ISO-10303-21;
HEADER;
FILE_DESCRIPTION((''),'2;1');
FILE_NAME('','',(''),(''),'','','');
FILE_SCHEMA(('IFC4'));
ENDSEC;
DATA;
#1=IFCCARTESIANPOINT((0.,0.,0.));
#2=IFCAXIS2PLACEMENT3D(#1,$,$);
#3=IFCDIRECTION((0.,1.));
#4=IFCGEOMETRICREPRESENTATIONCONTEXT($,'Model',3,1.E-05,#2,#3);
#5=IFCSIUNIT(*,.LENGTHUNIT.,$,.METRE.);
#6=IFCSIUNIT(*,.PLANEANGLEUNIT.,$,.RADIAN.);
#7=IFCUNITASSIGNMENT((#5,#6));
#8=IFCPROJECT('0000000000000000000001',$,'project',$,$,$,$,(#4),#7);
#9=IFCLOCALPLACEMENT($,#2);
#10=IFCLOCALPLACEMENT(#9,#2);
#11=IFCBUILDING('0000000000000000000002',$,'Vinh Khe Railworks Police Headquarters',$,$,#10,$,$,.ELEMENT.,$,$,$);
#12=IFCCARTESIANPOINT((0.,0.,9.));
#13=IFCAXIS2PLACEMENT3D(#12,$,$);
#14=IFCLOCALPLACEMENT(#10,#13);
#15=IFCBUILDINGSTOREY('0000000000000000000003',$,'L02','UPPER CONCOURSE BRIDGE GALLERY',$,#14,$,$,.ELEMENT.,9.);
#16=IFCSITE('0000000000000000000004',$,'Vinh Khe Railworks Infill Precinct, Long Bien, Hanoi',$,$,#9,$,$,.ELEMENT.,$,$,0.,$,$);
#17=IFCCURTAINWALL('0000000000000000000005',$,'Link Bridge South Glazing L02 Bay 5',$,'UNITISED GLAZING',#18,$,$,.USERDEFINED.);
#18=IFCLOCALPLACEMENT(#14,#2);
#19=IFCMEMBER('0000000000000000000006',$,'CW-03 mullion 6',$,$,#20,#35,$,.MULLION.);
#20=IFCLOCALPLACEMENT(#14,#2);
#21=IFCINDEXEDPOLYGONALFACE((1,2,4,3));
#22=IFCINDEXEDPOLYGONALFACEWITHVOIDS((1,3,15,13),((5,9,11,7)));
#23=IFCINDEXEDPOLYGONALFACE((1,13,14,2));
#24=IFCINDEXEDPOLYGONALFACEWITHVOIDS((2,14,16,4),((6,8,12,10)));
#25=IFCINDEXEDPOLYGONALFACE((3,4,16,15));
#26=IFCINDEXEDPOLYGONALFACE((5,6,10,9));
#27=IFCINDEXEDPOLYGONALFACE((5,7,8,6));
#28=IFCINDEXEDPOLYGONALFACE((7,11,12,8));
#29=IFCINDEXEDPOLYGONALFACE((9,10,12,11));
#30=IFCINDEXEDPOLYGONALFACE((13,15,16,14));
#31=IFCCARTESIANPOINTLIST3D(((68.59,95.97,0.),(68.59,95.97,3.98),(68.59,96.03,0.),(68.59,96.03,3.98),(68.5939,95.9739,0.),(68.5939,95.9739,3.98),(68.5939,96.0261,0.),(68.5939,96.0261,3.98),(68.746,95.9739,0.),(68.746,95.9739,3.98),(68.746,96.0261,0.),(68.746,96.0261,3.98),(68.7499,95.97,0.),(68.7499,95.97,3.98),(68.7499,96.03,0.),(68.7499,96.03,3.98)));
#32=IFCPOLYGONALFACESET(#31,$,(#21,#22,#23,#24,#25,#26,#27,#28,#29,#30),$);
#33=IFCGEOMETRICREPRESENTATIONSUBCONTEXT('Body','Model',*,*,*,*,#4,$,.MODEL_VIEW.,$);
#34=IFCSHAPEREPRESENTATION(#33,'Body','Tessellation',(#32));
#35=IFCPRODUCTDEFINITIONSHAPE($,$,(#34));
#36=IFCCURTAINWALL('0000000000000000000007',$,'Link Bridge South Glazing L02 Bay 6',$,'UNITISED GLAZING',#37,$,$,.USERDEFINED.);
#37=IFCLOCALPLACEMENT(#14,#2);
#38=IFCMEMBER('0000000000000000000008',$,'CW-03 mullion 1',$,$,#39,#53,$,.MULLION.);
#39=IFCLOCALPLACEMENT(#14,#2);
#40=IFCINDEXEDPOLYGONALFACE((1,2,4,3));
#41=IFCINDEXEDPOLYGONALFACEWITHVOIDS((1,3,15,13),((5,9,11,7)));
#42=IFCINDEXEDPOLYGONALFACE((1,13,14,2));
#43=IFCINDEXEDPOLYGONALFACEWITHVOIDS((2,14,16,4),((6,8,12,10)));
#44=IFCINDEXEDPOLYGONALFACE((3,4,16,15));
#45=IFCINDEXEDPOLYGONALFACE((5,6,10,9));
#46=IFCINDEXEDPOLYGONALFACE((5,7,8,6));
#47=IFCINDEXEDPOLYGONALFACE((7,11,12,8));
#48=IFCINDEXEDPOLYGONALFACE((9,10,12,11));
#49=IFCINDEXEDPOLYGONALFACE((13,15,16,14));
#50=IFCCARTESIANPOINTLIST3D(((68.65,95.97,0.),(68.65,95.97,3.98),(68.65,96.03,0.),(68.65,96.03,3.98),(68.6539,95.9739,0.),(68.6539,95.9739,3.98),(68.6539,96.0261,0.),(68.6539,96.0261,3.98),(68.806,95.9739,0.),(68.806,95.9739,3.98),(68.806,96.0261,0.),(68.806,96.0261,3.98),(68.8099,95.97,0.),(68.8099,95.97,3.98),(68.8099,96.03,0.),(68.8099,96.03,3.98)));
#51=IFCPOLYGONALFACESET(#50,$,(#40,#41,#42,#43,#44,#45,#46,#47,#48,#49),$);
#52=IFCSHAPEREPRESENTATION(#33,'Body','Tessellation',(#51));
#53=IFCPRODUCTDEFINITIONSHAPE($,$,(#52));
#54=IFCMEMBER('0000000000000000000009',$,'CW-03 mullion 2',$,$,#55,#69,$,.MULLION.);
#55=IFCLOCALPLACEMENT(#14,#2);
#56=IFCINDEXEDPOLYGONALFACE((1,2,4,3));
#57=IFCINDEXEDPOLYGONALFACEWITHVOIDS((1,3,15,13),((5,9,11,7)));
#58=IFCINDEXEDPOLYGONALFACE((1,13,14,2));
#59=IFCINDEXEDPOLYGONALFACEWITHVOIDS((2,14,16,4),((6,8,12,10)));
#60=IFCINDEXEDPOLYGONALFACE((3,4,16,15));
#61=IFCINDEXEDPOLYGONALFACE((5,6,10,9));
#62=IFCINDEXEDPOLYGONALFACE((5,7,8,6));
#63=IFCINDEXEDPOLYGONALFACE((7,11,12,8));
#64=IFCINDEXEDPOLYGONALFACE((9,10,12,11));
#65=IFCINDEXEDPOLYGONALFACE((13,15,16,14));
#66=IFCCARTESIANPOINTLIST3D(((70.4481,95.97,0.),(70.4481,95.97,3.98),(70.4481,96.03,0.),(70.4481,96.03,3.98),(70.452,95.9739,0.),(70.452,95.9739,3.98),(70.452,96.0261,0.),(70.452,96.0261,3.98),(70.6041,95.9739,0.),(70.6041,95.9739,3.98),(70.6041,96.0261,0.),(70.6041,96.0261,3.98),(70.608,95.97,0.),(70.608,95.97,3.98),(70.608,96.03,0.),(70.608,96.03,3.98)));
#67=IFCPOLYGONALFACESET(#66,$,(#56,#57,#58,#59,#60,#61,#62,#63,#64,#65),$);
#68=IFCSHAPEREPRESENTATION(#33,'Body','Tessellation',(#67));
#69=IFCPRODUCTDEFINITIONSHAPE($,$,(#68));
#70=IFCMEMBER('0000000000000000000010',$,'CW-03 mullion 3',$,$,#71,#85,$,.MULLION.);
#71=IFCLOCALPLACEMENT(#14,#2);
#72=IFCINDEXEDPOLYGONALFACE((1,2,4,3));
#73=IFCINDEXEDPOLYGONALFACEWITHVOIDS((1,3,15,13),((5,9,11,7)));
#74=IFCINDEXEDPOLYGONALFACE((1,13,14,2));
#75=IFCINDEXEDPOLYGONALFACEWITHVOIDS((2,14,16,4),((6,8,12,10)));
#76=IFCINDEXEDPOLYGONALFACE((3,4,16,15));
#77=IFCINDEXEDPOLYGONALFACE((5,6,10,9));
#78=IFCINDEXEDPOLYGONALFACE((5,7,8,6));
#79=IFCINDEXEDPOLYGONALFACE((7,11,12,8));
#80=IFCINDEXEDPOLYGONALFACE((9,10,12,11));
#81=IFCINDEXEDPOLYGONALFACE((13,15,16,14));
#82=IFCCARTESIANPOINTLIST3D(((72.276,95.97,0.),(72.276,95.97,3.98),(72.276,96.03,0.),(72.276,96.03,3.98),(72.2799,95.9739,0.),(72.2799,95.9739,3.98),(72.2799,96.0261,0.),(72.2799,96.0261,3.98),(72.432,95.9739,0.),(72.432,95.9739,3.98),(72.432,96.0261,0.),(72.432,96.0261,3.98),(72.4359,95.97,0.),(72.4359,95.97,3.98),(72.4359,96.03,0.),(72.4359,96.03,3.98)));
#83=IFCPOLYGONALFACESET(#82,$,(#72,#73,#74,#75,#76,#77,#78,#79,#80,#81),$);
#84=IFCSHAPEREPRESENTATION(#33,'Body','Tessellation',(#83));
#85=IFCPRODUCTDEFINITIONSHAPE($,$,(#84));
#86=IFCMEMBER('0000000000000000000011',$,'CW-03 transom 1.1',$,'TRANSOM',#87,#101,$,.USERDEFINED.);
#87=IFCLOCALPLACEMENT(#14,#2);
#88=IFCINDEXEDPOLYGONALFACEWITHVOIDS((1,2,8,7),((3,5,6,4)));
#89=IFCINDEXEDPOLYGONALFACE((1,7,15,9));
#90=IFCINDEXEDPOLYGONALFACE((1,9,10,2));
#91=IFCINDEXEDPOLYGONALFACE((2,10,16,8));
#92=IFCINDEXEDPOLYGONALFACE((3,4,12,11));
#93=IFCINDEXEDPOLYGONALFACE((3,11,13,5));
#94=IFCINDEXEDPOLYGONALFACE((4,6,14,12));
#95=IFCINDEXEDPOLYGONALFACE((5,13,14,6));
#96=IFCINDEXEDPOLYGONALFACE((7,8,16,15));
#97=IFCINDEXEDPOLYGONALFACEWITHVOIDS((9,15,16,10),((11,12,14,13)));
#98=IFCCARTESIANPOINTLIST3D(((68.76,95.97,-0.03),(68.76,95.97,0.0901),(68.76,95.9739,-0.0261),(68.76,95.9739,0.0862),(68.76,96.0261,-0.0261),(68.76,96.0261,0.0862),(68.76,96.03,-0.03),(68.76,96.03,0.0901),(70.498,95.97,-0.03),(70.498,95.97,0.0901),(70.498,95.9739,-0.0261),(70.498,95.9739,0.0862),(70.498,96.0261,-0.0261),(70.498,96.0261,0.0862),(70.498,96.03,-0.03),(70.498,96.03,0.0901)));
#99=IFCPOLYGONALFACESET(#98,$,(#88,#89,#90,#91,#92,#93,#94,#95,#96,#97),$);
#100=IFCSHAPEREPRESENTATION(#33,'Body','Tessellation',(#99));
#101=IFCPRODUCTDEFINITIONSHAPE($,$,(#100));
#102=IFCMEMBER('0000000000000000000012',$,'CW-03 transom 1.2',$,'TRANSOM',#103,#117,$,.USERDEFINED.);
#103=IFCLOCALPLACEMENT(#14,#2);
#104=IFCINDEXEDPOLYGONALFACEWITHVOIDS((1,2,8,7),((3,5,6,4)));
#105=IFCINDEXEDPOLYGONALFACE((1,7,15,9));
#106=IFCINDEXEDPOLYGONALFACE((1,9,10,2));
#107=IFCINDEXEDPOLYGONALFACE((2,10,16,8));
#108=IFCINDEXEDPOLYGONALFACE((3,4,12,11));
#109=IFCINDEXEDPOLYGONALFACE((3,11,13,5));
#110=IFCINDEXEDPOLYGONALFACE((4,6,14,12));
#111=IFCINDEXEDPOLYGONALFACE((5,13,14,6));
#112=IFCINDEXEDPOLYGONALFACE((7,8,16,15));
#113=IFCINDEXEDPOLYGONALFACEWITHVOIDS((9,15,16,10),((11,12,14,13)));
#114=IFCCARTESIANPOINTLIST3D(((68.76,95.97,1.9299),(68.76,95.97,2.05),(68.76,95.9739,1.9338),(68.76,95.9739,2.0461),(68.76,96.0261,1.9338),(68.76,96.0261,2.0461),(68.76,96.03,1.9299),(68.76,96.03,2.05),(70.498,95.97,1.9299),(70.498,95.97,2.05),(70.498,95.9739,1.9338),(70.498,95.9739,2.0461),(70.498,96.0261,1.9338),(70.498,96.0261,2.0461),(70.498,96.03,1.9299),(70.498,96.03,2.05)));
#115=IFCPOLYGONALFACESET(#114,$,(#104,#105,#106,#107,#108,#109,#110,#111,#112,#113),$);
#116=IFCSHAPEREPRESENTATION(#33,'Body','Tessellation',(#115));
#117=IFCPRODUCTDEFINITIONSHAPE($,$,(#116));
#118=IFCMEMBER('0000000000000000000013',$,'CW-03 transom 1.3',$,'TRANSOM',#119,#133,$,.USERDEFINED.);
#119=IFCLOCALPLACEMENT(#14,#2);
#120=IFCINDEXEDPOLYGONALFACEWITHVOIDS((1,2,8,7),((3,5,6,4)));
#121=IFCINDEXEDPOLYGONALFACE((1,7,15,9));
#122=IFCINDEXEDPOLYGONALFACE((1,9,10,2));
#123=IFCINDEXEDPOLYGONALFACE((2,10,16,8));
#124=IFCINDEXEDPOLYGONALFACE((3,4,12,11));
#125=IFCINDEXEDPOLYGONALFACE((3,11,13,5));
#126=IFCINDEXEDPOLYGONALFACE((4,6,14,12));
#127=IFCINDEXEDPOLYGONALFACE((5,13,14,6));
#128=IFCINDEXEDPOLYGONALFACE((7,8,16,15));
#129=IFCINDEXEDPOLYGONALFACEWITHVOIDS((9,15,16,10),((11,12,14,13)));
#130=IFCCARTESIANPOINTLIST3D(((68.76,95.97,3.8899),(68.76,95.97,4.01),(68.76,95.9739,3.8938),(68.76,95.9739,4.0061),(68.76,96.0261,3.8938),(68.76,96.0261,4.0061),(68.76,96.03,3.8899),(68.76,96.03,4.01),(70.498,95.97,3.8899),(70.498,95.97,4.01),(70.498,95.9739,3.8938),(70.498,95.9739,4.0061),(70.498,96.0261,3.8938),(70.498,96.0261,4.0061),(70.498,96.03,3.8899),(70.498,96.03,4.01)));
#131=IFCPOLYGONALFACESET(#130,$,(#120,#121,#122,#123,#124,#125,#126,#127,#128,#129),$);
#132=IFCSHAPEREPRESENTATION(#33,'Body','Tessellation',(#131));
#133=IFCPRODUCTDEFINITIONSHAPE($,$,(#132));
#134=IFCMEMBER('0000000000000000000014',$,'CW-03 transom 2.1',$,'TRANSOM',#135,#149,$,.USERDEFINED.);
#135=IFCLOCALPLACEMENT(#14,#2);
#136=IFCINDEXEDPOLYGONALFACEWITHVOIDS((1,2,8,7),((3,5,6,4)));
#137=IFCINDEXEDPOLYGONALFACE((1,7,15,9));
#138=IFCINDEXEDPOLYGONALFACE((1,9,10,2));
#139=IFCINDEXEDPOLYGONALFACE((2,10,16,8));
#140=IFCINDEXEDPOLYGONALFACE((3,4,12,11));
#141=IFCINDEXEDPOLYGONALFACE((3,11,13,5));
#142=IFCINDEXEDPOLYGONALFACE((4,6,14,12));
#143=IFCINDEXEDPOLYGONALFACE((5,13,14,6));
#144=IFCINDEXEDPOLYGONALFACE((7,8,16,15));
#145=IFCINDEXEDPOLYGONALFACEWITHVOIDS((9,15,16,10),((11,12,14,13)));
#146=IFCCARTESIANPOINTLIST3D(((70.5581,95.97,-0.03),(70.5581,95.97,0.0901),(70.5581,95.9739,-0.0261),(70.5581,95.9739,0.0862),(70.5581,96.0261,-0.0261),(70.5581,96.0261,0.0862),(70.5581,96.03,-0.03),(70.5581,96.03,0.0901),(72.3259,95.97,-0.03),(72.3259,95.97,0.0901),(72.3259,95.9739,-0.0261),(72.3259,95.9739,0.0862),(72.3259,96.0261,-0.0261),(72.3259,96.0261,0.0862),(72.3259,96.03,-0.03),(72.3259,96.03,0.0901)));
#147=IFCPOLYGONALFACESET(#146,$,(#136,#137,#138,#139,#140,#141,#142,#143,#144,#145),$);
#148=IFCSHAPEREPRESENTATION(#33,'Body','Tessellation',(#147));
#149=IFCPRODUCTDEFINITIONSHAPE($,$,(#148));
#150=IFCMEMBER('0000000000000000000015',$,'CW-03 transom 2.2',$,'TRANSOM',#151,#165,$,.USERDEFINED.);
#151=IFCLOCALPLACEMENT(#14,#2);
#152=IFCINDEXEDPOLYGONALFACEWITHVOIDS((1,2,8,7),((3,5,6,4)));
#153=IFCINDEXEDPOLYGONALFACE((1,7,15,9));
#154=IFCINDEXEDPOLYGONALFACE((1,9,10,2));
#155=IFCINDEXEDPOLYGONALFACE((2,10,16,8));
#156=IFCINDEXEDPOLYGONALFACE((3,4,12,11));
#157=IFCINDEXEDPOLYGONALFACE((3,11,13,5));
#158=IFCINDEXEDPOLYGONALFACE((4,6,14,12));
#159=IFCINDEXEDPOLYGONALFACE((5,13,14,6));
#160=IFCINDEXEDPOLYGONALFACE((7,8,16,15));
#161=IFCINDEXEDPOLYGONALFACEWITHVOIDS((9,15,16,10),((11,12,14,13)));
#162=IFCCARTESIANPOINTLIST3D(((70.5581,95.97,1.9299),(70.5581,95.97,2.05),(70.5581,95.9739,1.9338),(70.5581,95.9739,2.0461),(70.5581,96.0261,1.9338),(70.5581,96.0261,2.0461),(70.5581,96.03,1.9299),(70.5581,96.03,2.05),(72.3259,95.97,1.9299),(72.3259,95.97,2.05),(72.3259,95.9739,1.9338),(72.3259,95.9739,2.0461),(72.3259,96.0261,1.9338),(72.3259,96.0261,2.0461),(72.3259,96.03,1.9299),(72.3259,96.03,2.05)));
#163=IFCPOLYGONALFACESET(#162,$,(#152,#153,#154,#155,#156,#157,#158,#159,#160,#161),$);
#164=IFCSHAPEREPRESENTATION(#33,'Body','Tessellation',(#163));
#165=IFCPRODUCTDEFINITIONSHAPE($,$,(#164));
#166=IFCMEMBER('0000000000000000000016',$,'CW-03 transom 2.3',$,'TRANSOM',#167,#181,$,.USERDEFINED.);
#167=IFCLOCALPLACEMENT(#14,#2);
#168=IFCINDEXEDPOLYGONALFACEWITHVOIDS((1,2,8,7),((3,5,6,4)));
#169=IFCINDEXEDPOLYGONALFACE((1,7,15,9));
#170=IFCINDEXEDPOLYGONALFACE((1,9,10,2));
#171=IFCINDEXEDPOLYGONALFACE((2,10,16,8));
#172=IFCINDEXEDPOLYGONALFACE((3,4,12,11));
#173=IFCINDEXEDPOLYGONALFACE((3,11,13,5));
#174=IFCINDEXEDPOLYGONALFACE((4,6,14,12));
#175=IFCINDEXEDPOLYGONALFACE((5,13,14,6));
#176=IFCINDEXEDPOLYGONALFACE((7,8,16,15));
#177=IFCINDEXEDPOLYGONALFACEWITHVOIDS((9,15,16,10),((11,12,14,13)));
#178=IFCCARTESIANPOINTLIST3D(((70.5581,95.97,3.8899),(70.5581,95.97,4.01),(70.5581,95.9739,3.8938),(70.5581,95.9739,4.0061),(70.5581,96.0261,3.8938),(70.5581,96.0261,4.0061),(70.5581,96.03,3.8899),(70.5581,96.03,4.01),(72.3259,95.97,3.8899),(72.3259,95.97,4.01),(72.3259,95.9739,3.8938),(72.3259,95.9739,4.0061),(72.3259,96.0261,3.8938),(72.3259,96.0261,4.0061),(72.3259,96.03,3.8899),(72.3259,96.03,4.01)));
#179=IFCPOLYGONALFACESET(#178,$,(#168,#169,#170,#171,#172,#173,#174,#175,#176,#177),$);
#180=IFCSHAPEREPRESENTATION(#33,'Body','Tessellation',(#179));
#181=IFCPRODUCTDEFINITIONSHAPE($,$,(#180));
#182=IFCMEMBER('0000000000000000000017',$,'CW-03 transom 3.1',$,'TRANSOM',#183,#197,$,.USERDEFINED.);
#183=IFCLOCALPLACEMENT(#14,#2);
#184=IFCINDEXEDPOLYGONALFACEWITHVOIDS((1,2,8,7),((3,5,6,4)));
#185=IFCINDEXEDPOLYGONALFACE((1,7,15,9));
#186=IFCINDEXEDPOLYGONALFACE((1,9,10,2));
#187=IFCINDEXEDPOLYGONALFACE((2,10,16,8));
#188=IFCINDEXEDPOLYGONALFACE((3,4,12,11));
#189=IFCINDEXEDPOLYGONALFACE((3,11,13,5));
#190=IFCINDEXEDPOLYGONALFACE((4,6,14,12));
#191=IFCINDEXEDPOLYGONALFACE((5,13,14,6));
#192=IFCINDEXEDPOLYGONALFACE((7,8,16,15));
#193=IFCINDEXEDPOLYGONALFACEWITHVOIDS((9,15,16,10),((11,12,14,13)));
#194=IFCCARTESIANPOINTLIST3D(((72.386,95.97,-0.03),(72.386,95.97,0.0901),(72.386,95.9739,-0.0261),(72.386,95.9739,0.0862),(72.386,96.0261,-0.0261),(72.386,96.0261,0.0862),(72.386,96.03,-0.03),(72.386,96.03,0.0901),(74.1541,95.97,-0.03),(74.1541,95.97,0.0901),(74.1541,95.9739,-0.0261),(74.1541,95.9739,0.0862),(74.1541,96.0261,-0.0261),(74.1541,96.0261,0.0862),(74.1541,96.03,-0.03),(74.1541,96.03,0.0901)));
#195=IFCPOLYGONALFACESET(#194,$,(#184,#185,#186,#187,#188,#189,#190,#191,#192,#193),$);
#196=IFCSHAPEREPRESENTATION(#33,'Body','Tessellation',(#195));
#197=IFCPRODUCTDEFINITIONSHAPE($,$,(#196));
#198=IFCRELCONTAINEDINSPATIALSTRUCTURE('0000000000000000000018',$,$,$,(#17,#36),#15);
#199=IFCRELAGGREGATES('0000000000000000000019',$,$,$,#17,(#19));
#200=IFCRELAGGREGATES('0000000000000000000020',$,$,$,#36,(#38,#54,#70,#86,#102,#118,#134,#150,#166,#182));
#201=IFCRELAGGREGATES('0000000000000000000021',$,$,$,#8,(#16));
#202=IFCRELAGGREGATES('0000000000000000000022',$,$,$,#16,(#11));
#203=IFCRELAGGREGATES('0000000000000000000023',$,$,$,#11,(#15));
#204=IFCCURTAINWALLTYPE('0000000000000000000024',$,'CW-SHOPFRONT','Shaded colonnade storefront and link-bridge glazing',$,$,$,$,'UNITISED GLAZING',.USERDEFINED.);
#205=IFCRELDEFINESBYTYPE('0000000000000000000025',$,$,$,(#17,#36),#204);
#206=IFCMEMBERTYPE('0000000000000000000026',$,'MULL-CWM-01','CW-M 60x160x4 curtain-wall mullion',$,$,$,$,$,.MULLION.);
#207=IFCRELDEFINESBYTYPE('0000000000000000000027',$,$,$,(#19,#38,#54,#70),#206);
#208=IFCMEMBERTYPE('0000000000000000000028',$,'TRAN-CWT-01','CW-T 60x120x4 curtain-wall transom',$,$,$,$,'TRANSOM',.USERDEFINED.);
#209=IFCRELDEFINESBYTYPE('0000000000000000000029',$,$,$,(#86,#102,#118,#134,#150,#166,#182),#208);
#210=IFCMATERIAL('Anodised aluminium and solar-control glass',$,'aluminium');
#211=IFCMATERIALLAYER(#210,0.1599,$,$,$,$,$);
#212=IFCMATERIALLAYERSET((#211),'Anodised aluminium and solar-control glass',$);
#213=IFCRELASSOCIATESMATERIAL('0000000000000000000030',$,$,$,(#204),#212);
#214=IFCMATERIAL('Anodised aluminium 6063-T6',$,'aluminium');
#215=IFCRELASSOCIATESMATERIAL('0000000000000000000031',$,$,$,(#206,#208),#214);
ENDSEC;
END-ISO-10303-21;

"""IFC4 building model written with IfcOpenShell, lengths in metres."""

from ifc_helpers import new_model, si_unit, direction, frame, origin, origin_2d, place, context, subcontext, project, spatial, hollow_rectangle, extrude, material, layer, layer_set, material_profile, profile_set, type_object, element, aggregate, save


model = new_model("IFC4")

# Units and contexts
model_context = context("Model", 3, precision=1e-05, world=origin(), true_north=direction((0.0, 1.0)))
body_context = subcontext(model_context, "Body", "Model", "MODEL_VIEW")
ifc_project = project(units=[si_unit("LENGTHUNIT", "METRE"), si_unit("PLANEANGLEUNIT", "RADIAN")], contexts=[model_context])

# Site, building, storey
site_placement = place(None, origin())
site = spatial("IfcSite", under=ifc_project, at=site_placement, Name="Vinh Khe Railworks Infill Precinct, Long Bien, Hanoi", CompositionType="ELEMENT", RefElevation=0.0)
building_placement = place(site_placement, origin())
building = spatial("IfcBuilding", under=site, at=building_placement, Name="Vinh Khe Railworks Police Headquarters", CompositionType="ELEMENT")
storey_placement = place(building_placement, frame((0.0, 0.0, 9.0)))
storey = spatial("IfcBuildingStorey", under=building, at=storey_placement, Name="L02", Description="UPPER CONCOURSE BRIDGE GALLERY", CompositionType="ELEMENT", Elevation=9.0)

# Curtain wall, member
ifc_material_1 = material(Name="Anodised aluminium and solar-control glass", Category="aluminium")
ifc_layer_1 = layer(ifc_material_1, 0.1599)
ifc_layer_set_1 = layer_set([ifc_layer_1], Name="Anodised aluminium and solar-control glass")
curtain_wall_type = type_object("IfcCurtainWallType", Name="CW-SHOPFRONT", Description="Shaded colonnade storefront and link-bridge glazing", ElementType="UNITISED GLAZING", PredefinedType="USERDEFINED", material=ifc_layer_set_1)
curtain_wall_1_placement = place(storey_placement, origin())
curtain_wall_1 = element("IfcCurtainWall", 1, at=curtain_wall_1_placement, inside=storey, type_object=curtain_wall_type, Name="Link Bridge South Glazing L02 Bay 5", ObjectType="UNITISED GLAZING", PredefinedType="USERDEFINED")
ifc_material_2 = material(Name="Anodised aluminium 6063-T6", Category="aluminium")
ifc_material_profile_1 = material_profile(ifc_material_2, hollow_rectangle(XDim=0.0601, YDim=0.1599, WallThickness=0.0039, at=origin_2d()), Name="CW-M 60x160x4")
ifc_profile_set_1 = profile_set([ifc_material_profile_1], Name="Anodised aluminium 6063-T6")
member_type_1 = type_object("IfcMemberType", Name="MULL-CWM-01", Description="CW-M 60x160x4 curtain-wall mullion", PredefinedType="MULLION", material=ifc_profile_set_1)
member_1_placement = place(storey_placement, frame((68.6699, 96.0, 0.0), z_axis=(0.0, 0.0, 1.0), x_axis=(0.0, 1.0, 0.0)))
member_1 = element("IfcMember", 2, at=member_1_placement, type_object=member_type_1, Name="CW-03 mullion 6", PredefinedType="MULLION", context=body_context, shape_type="SweptSolid", body=[
    extrude(hollow_rectangle(XDim=0.0601, YDim=0.1599, WallThickness=0.0039, at=origin_2d()), origin(), (0.0, 0.0, 1.0), 3.98),
])

# Curtain wall, members
curtain_wall_2_placement = place(storey_placement, origin())
curtain_wall_2 = element("IfcCurtainWall", 3, at=curtain_wall_2_placement, inside=storey, type_object=curtain_wall_type, Name="Link Bridge South Glazing L02 Bay 6", ObjectType="UNITISED GLAZING", PredefinedType="USERDEFINED")
member_2_placement = place(storey_placement, frame((68.73, 96.0, 0.0), z_axis=(0.0, 0.0, 1.0), x_axis=(0.0, 1.0, 0.0)))
member_2 = element("IfcMember", 4, at=member_2_placement, type_object=member_type_1, Name="CW-03 mullion 1", PredefinedType="MULLION", context=body_context, shape_type="SweptSolid", body=[
    extrude(hollow_rectangle(XDim=0.0601, YDim=0.1599, WallThickness=0.0039, at=origin_2d()), origin(), (0.0, 0.0, 1.0), 3.98),
])
member_3_placement = place(storey_placement, frame((70.5281, 96.0, 0.0), z_axis=(0.0, 0.0, 1.0), x_axis=(0.0, 1.0, 0.0)))
member_3 = element("IfcMember", 5, at=member_3_placement, type_object=member_type_1, Name="CW-03 mullion 2", PredefinedType="MULLION", context=body_context, shape_type="SweptSolid", body=[
    extrude(hollow_rectangle(XDim=0.0601, YDim=0.1599, WallThickness=0.0039, at=origin_2d()), origin(), (0.0, 0.0, 1.0), 3.98),
])
member_4_placement = place(storey_placement, frame((72.356, 96.0, 0.0), z_axis=(0.0, 0.0, 1.0), x_axis=(0.0, 1.0, 0.0)))
member_4 = element("IfcMember", 6, at=member_4_placement, type_object=member_type_1, Name="CW-03 mullion 3", PredefinedType="MULLION", context=body_context, shape_type="SweptSolid", body=[
    extrude(hollow_rectangle(XDim=0.0601, YDim=0.1599, WallThickness=0.0039, at=origin_2d()), origin(), (0.0, 0.0, 1.0), 3.98),
])
ifc_material_profile_2 = material_profile(ifc_material_2, hollow_rectangle(XDim=0.0601, YDim=0.1201, WallThickness=0.0039, at=origin_2d()), Name="CW-T 60x120x4")
ifc_profile_set_2 = profile_set([ifc_material_profile_2], Name="Anodised aluminium 6063-T6")
member_type_2 = type_object("IfcMemberType", Name="TRAN-CWT-01", Description="CW-T 60x120x4 curtain-wall transom", ElementType="TRANSOM", PredefinedType="USERDEFINED", material=ifc_profile_set_2)
member_5_placement = place(storey_placement, frame((68.76, 96.0, 0.03), z_axis=(1.0, 0.0, 0.0), x_axis=(0.0, 1.0, 0.0)))
member_5 = element("IfcMember", 7, at=member_5_placement, type_object=member_type_2, Name="CW-03 transom 1.1", ObjectType="TRANSOM", PredefinedType="USERDEFINED", context=body_context, shape_type="SweptSolid", body=[
    extrude(hollow_rectangle(XDim=0.0601, YDim=0.1201, WallThickness=0.0039, at=origin_2d()), origin(), (0.0, 0.0, 1.0), 1.738),
])
member_6_placement = place(storey_placement, frame((68.76, 96.0, 1.99), z_axis=(1.0, 0.0, 0.0), x_axis=(0.0, 1.0, 0.0)))
member_6 = element("IfcMember", 8, at=member_6_placement, type_object=member_type_2, Name="CW-03 transom 1.2", ObjectType="TRANSOM", PredefinedType="USERDEFINED", context=body_context, shape_type="SweptSolid", body=[
    extrude(hollow_rectangle(XDim=0.0601, YDim=0.1201, WallThickness=0.0039, at=origin_2d()), origin(), (0.0, 0.0, 1.0), 1.738),
])
member_7_placement = place(storey_placement, frame((68.76, 96.0, 3.95), z_axis=(1.0, 0.0, 0.0), x_axis=(0.0, 1.0, 0.0)))
member_7 = element("IfcMember", 9, at=member_7_placement, type_object=member_type_2, Name="CW-03 transom 1.3", ObjectType="TRANSOM", PredefinedType="USERDEFINED", context=body_context, shape_type="SweptSolid", body=[
    extrude(hollow_rectangle(XDim=0.0601, YDim=0.1201, WallThickness=0.0039, at=origin_2d()), origin(), (0.0, 0.0, 1.0), 1.738),
])
member_8_placement = place(storey_placement, frame((70.5581, 96.0, 0.03), z_axis=(1.0, 0.0, 0.0), x_axis=(0.0, 1.0, 0.0)))
member_8 = element("IfcMember", 10, at=member_8_placement, type_object=member_type_2, Name="CW-03 transom 2.1", ObjectType="TRANSOM", PredefinedType="USERDEFINED", context=body_context, shape_type="SweptSolid", body=[
    extrude(hollow_rectangle(XDim=0.0601, YDim=0.1201, WallThickness=0.0039, at=origin_2d()), origin(), (0.0, 0.0, 1.0), 1.7678),
])
member_9_placement = place(storey_placement, frame((70.5581, 96.0, 1.99), z_axis=(1.0, 0.0, 0.0), x_axis=(0.0, 1.0, 0.0)))
member_9 = element("IfcMember", 11, at=member_9_placement, type_object=member_type_2, Name="CW-03 transom 2.2", ObjectType="TRANSOM", PredefinedType="USERDEFINED", context=body_context, shape_type="SweptSolid", body=[
    extrude(hollow_rectangle(XDim=0.0601, YDim=0.1201, WallThickness=0.0039, at=origin_2d()), origin(), (0.0, 0.0, 1.0), 1.7678),
])
member_10_placement = place(storey_placement, frame((70.5581, 96.0, 3.95), z_axis=(1.0, 0.0, 0.0), x_axis=(0.0, 1.0, 0.0)))
member_10 = element("IfcMember", 12, at=member_10_placement, type_object=member_type_2, Name="CW-03 transom 2.3", ObjectType="TRANSOM", PredefinedType="USERDEFINED", context=body_context, shape_type="SweptSolid", body=[
    extrude(hollow_rectangle(XDim=0.0601, YDim=0.1201, WallThickness=0.0039, at=origin_2d()), origin(), (0.0, 0.0, 1.0), 1.7678),
])
member_11_placement = place(storey_placement, frame((72.386, 96.0, 0.03), z_axis=(1.0, 0.0, 0.0), x_axis=(0.0, 1.0, 0.0)))
member_11 = element("IfcMember", 13, at=member_11_placement, type_object=member_type_2, Name="CW-03 transom 3.1", ObjectType="TRANSOM", PredefinedType="USERDEFINED", context=body_context, shape_type="SweptSolid", body=[
    extrude(hollow_rectangle(XDim=0.0601, YDim=0.1201, WallThickness=0.0039, at=origin_2d()), origin(), (0.0, 0.0, 1.0), 1.7681),
])

aggregate(curtain_wall_1, [member_1])
aggregate(curtain_wall_2, [member_2, member_3, member_4, member_5, member_6, member_7, member_8, member_9, member_10, member_11])

save(model, "model.ifc")
